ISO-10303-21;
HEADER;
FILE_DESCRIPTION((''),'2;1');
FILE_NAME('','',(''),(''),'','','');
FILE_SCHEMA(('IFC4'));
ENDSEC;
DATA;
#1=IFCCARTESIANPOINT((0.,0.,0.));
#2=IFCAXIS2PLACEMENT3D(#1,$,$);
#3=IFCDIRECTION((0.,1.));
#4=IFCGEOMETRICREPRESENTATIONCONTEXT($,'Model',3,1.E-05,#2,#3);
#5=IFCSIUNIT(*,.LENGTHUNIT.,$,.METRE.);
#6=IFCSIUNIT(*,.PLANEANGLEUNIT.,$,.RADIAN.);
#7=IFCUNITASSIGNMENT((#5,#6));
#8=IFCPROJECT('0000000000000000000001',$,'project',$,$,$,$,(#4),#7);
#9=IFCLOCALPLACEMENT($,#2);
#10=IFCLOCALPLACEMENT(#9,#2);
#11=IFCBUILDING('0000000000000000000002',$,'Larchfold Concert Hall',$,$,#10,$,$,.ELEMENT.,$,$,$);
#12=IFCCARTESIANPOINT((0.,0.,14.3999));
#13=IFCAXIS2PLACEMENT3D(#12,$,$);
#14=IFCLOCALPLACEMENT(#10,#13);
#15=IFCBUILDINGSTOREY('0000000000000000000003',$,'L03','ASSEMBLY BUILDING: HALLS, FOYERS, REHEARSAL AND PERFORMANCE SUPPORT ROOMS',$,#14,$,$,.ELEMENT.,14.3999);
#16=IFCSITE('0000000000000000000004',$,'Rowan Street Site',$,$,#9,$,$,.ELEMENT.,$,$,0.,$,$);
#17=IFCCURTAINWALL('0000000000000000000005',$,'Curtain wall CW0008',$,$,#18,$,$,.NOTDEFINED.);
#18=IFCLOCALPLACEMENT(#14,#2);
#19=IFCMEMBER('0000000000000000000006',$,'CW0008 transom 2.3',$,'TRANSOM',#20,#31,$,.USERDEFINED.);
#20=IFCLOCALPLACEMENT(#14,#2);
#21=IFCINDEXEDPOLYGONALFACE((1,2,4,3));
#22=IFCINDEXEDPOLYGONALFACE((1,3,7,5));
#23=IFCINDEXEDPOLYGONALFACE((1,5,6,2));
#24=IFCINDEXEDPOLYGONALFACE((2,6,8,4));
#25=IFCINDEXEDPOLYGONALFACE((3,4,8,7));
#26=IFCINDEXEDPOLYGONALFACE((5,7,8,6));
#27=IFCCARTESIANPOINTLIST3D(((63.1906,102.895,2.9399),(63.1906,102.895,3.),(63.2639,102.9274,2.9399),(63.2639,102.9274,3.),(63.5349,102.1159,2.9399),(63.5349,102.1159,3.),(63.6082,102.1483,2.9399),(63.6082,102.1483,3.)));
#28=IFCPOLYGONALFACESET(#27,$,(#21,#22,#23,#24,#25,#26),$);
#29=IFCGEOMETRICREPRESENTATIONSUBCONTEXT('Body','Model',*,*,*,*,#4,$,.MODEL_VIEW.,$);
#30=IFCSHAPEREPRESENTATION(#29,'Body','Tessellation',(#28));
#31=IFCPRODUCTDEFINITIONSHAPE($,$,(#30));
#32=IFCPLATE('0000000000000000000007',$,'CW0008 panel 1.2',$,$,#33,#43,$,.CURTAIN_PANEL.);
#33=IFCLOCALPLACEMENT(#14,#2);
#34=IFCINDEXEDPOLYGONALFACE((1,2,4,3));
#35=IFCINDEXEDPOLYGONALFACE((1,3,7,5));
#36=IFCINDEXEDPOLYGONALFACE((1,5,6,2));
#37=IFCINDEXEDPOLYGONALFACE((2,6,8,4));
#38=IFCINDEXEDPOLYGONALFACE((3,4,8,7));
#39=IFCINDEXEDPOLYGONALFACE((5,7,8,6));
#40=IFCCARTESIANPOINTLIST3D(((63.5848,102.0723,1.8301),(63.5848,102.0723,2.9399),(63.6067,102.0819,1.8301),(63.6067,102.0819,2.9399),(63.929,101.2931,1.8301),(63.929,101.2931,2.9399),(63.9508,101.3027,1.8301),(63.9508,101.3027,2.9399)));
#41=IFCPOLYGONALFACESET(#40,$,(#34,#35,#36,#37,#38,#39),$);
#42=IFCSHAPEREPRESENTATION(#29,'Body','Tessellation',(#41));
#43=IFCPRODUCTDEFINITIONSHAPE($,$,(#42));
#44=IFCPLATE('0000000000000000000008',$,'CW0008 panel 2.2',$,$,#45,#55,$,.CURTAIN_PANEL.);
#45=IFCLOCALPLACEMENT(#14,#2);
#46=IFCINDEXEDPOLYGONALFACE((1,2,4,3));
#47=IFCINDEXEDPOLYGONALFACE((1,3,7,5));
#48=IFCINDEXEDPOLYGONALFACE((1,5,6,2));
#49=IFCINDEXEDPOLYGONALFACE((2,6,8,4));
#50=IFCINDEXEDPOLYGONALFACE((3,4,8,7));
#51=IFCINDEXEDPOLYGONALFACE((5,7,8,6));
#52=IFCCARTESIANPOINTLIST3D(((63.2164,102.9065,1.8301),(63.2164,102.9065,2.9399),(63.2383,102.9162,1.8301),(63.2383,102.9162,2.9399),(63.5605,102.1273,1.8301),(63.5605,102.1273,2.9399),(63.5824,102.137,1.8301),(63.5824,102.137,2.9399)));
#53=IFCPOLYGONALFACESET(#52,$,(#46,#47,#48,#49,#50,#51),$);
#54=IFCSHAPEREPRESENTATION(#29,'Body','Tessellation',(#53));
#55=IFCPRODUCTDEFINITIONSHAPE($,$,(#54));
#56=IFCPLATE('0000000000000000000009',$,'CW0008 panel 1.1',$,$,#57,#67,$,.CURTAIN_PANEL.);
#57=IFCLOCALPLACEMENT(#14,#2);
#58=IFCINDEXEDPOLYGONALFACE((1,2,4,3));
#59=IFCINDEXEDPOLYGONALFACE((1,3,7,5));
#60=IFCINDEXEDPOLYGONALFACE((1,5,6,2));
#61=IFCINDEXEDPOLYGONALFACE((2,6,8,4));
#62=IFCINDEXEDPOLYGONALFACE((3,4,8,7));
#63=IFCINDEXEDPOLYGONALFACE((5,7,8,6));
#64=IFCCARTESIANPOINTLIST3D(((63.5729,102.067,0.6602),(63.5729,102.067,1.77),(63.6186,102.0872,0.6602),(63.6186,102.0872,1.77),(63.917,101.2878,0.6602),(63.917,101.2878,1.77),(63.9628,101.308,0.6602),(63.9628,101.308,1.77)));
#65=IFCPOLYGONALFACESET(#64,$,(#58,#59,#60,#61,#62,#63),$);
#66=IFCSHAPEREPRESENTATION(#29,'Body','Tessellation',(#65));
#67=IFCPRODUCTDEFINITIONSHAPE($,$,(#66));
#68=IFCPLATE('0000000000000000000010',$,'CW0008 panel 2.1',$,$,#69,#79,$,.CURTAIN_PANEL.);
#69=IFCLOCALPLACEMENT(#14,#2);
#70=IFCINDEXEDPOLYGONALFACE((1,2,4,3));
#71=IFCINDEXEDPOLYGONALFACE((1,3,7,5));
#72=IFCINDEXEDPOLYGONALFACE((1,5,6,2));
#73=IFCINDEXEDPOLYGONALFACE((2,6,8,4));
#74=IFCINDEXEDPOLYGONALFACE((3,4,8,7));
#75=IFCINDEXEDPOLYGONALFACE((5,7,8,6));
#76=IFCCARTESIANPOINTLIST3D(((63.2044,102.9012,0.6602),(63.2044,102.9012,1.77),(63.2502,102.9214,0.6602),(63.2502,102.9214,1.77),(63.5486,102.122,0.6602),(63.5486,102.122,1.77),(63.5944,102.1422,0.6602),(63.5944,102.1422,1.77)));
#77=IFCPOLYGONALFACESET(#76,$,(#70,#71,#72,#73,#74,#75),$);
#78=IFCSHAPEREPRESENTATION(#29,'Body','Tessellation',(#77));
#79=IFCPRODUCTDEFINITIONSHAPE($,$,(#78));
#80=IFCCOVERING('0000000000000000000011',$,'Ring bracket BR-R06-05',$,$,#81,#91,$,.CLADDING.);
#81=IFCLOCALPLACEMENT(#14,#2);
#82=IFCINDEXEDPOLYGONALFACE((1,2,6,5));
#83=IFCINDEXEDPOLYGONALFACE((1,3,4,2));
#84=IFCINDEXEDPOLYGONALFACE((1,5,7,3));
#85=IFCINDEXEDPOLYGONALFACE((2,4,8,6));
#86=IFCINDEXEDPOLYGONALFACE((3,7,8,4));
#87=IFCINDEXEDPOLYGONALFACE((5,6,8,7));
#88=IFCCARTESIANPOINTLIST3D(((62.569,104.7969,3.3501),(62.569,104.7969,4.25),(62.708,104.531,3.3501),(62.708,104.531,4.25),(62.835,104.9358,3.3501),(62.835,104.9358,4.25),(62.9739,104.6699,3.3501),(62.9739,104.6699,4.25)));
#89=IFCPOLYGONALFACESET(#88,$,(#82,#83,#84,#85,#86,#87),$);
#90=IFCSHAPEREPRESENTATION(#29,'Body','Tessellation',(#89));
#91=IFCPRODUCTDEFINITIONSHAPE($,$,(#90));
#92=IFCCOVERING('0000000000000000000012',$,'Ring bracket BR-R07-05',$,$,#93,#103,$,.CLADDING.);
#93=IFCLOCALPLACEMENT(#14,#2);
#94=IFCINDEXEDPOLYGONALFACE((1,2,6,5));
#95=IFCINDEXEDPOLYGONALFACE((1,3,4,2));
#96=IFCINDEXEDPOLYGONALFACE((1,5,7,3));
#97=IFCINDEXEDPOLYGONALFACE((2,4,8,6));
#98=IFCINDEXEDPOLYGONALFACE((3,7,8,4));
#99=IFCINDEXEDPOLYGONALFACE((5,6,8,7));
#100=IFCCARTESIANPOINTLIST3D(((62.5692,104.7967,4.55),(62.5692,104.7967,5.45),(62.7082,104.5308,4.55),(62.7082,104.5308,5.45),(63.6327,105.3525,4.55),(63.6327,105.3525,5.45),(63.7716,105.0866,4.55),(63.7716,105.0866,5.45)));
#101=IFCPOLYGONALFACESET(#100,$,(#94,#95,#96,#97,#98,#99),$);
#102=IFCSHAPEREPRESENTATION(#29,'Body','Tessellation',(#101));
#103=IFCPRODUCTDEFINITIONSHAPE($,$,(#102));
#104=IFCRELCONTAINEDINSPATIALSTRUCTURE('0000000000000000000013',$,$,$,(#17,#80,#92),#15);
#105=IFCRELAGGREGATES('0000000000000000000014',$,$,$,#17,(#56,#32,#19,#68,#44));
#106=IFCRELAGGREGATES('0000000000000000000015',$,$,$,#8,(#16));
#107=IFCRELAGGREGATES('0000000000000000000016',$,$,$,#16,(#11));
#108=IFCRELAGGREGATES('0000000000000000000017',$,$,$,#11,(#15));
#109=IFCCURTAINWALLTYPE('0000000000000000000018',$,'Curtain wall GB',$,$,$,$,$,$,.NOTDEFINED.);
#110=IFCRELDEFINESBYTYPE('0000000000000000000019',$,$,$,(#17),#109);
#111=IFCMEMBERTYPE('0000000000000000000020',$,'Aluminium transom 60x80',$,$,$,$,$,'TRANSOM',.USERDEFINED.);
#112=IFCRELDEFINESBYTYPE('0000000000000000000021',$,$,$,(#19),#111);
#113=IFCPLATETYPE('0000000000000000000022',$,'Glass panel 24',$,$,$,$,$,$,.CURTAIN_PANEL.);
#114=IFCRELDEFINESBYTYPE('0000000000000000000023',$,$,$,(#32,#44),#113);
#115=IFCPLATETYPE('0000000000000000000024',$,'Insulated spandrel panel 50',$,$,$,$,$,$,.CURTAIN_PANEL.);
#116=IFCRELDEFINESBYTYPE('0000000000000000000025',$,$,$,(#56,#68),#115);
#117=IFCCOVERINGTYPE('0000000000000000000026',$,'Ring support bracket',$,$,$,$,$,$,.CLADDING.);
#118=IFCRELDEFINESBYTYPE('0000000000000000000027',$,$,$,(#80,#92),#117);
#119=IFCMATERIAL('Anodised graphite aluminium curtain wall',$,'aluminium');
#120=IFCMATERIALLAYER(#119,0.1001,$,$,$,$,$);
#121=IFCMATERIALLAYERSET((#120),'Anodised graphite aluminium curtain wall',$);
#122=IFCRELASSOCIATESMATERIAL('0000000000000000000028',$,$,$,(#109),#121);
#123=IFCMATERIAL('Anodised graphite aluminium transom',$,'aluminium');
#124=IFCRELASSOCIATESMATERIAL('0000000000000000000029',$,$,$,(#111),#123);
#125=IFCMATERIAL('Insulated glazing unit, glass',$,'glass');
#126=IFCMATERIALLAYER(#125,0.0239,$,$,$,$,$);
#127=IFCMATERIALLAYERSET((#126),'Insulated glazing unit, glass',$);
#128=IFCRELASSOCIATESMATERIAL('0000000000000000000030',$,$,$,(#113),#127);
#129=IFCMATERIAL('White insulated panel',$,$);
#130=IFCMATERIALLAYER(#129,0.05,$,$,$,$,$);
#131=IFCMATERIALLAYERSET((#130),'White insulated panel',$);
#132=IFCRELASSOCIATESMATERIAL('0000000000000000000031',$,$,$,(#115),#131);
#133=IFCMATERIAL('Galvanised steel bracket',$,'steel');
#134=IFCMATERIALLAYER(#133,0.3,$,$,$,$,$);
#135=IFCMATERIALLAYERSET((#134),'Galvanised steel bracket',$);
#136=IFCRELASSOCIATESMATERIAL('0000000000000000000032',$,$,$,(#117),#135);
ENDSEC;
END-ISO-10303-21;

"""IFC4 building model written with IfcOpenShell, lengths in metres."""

from ifc_helpers import new_model, si_unit, direction, frame, origin, origin_2d, place, context, subcontext, project, spatial, rectangle, extrude, material, layer, layer_set, material_profile, profile_set, type_object, element, aggregate, save


model = new_model("IFC4")

# Units and contexts
model_context = context("Model", 3, precision=1e-05, world=origin(), true_north=direction((0.0, 1.0)))
body_context = subcontext(model_context, "Body", "Model", "MODEL_VIEW")
ifc_project = project(units=[si_unit("LENGTHUNIT", "METRE"), si_unit("PLANEANGLEUNIT", "RADIAN")], contexts=[model_context])

# Site, building, storey
site_placement = place(None, origin())
site = spatial("IfcSite", under=ifc_project, at=site_placement, Name="Rowan Street Site", CompositionType="ELEMENT", RefElevation=0.0)
building_placement = place(site_placement, origin())
building = spatial("IfcBuilding", under=site, at=building_placement, Name="Larchfold Concert Hall", CompositionType="ELEMENT")
storey_placement = place(building_placement, frame((0.0, 0.0, 14.3999)))
storey = spatial("IfcBuildingStorey", under=building, at=storey_placement, Name="L03", Description="ASSEMBLY BUILDING: HALLS, FOYERS, REHEARSAL AND PERFORMANCE SUPPORT ROOMS", CompositionType="ELEMENT", Elevation=14.3999)

# Curtain wall
ifc_material_1 = material(Name="Anodised graphite aluminium curtain wall", Category="aluminium")
ifc_layer_1 = layer(ifc_material_1, 0.1001)
ifc_layer_set_1 = layer_set([ifc_layer_1], Name="Anodised graphite aluminium curtain wall")
curtain_wall_type = type_object("IfcCurtainWallType", Name="Curtain wall GB", PredefinedType="NOTDEFINED", material=ifc_layer_set_1)
curtain_wall_1_placement = place(storey_placement, origin())
curtain_wall_1 = element("IfcCurtainWall", 1, at=curtain_wall_1_placement, inside=storey, type_object=curtain_wall_type, Name="Curtain wall CW0008", PredefinedType="NOTDEFINED")

# Member
ifc_material_2 = material(Name="Anodised graphite aluminium transom", Category="aluminium")
ifc_material_profile_1 = material_profile(ifc_material_2, rectangle(XDim=0.0801, YDim=0.0601, at=origin_2d()))
ifc_profile_set_1 = profile_set([ifc_material_profile_1], Name="Anodised graphite aluminium transom")
member_type_1 = type_object("IfcMemberType", Name="Aluminium transom 60x80", ElementType="TRANSOM", PredefinedType="USERDEFINED", material=ifc_profile_set_1)
member_1_placement = place(storey_placement, frame((63.5715, 102.1321, 2.97), z_axis=(-0.404169, 0.914684, 0.0), x_axis=(-0.914684, -0.404169, 0.0)))
member_1 = element("IfcMember", 2, at=member_1_placement, type_object=member_type_1, Name="CW0008 transom 2.3", ObjectType="TRANSOM", PredefinedType="USERDEFINED", context=body_context, shape_type="SweptSolid", body=[
    extrude(rectangle(XDim=0.0801, YDim=0.0601, at=origin_2d()), origin(), (0.0, 0.0, 1.0), 0.8518),
])

# Plates
ifc_material_3 = material(Name="Insulated glazing unit, glass", Category="glass")
ifc_layer_2 = layer(ifc_material_3, 0.0239)
ifc_layer_set_2 = layer_set([ifc_layer_2], Name="Insulated glazing unit, glass")
plate_type_1 = type_object("IfcPlateType", Name="Glass panel 24", PredefinedType="CURTAIN_PANEL", material=ifc_layer_set_2)
plate_1_placement = place(storey_placement, frame((63.7678, 101.6875, 1.8301), z_axis=(0.0, 0.0, 1.0), x_axis=(-0.404033, 0.914745, 0.0)))
plate_1 = element("IfcPlate", 3, at=plate_1_placement, type_object=plate_type_1, Name="CW0008 panel 1.2", PredefinedType="CURTAIN_PANEL", context=body_context, shape_type="SweptSolid", body=[
    extrude(rectangle(XDim=0.8518, YDim=0.0239, at=origin_2d()), origin(), (0.0, 0.0, 1.0), 1.1099),
])
plate_2_placement = place(storey_placement, frame((63.3994, 102.5217, 1.8301), z_axis=(0.0, 0.0, 1.0), x_axis=(-0.404033, 0.914745, 0.0)))
plate_2 = element("IfcPlate", 4, at=plate_2_placement, type_object=plate_type_1, Name="CW0008 panel 2.2", PredefinedType="CURTAIN_PANEL", context=body_context, shape_type="SweptSolid", body=[
    extrude(rectangle(XDim=0.8518, YDim=0.0239, at=origin_2d()), origin(), (0.0, 0.0, 1.0), 1.1099),
])
ifc_material_4 = material(Name="White insulated panel")
ifc_layer_3 = layer(ifc_material_4, 0.05)
ifc_layer_set_3 = layer_set([ifc_layer_3], Name="White insulated panel")
plate_type_2 = type_object("IfcPlateType", Name="Insulated spandrel panel 50", PredefinedType="CURTAIN_PANEL", material=ifc_layer_set_3)
plate_3_placement = place(storey_placement, frame((63.7678, 101.6875, 0.6602), z_axis=(0.0, 0.0, 1.0), x_axis=(-0.404033, 0.914745, 0.0)))
plate_3 = element("IfcPlate", 5, at=plate_3_placement, type_object=plate_type_2, Name="CW0008 panel 1.1", PredefinedType="CURTAIN_PANEL", context=body_context, shape_type="SweptSolid", body=[
    extrude(rectangle(XDim=0.8518, YDim=0.05, at=origin_2d()), origin(), (0.0, 0.0, 1.0), 1.1099),
])
plate_4_placement = place(storey_placement, frame((63.3994, 102.5217, 0.6602), z_axis=(0.0, 0.0, 1.0), x_axis=(-0.404033, 0.914745, 0.0)))
plate_4 = element("IfcPlate", 6, at=plate_4_placement, type_object=plate_type_2, Name="CW0008 panel 2.1", PredefinedType="CURTAIN_PANEL", context=body_context, shape_type="SweptSolid", body=[
    extrude(rectangle(XDim=0.8518, YDim=0.05, at=origin_2d()), origin(), (0.0, 0.0, 1.0), 1.1099),
])
aggregate(curtain_wall_1, [plate_3, plate_1, member_1, plate_4, plate_2])

# Coverings
ifc_material_5 = material(Name="Galvanised steel bracket", Category="steel")
ifc_layer_4 = layer(ifc_material_5, 0.3)
ifc_layer_set_4 = layer_set([ifc_layer_4], Name="Galvanised steel bracket")
covering_type = type_object("IfcCoveringType", Name="Ring support bracket", PredefinedType="CLADDING", material=ifc_layer_set_4)
covering_1_placement = place(storey_placement, frame((62.7715, 104.7334, 3.3501), z_axis=(0.0, 0.0, 1.0), x_axis=(0.886274, 0.463162, 0.0)))
element("IfcCovering", 7, at=covering_1_placement, inside=storey, type_object=covering_type, Name="Ring bracket BR-R06-05", PredefinedType="CLADDING", context=body_context, shape_type="SweptSolid", body=[
    extrude(rectangle(XDim=0.3, YDim=0.3, at=origin_2d()), origin(), (0.0, 0.0, 1.0), 0.8999),
])
covering_2_placement = place(storey_placement, frame((63.1704, 104.9417, 4.55), z_axis=(0.0, 0.0, 1.0), x_axis=(0.886274, 0.463162, 0.0)))
element("IfcCovering", 8, at=covering_2_placement, inside=storey, type_object=covering_type, Name="Ring bracket BR-R07-05", PredefinedType="CLADDING", context=body_context, shape_type="SweptSolid", body=[
    extrude(rectangle(XDim=1.2, YDim=0.3, at=origin_2d()), origin(), (0.0, 0.0, 1.0), 0.8999),
])

save(model, "model.ifc")
